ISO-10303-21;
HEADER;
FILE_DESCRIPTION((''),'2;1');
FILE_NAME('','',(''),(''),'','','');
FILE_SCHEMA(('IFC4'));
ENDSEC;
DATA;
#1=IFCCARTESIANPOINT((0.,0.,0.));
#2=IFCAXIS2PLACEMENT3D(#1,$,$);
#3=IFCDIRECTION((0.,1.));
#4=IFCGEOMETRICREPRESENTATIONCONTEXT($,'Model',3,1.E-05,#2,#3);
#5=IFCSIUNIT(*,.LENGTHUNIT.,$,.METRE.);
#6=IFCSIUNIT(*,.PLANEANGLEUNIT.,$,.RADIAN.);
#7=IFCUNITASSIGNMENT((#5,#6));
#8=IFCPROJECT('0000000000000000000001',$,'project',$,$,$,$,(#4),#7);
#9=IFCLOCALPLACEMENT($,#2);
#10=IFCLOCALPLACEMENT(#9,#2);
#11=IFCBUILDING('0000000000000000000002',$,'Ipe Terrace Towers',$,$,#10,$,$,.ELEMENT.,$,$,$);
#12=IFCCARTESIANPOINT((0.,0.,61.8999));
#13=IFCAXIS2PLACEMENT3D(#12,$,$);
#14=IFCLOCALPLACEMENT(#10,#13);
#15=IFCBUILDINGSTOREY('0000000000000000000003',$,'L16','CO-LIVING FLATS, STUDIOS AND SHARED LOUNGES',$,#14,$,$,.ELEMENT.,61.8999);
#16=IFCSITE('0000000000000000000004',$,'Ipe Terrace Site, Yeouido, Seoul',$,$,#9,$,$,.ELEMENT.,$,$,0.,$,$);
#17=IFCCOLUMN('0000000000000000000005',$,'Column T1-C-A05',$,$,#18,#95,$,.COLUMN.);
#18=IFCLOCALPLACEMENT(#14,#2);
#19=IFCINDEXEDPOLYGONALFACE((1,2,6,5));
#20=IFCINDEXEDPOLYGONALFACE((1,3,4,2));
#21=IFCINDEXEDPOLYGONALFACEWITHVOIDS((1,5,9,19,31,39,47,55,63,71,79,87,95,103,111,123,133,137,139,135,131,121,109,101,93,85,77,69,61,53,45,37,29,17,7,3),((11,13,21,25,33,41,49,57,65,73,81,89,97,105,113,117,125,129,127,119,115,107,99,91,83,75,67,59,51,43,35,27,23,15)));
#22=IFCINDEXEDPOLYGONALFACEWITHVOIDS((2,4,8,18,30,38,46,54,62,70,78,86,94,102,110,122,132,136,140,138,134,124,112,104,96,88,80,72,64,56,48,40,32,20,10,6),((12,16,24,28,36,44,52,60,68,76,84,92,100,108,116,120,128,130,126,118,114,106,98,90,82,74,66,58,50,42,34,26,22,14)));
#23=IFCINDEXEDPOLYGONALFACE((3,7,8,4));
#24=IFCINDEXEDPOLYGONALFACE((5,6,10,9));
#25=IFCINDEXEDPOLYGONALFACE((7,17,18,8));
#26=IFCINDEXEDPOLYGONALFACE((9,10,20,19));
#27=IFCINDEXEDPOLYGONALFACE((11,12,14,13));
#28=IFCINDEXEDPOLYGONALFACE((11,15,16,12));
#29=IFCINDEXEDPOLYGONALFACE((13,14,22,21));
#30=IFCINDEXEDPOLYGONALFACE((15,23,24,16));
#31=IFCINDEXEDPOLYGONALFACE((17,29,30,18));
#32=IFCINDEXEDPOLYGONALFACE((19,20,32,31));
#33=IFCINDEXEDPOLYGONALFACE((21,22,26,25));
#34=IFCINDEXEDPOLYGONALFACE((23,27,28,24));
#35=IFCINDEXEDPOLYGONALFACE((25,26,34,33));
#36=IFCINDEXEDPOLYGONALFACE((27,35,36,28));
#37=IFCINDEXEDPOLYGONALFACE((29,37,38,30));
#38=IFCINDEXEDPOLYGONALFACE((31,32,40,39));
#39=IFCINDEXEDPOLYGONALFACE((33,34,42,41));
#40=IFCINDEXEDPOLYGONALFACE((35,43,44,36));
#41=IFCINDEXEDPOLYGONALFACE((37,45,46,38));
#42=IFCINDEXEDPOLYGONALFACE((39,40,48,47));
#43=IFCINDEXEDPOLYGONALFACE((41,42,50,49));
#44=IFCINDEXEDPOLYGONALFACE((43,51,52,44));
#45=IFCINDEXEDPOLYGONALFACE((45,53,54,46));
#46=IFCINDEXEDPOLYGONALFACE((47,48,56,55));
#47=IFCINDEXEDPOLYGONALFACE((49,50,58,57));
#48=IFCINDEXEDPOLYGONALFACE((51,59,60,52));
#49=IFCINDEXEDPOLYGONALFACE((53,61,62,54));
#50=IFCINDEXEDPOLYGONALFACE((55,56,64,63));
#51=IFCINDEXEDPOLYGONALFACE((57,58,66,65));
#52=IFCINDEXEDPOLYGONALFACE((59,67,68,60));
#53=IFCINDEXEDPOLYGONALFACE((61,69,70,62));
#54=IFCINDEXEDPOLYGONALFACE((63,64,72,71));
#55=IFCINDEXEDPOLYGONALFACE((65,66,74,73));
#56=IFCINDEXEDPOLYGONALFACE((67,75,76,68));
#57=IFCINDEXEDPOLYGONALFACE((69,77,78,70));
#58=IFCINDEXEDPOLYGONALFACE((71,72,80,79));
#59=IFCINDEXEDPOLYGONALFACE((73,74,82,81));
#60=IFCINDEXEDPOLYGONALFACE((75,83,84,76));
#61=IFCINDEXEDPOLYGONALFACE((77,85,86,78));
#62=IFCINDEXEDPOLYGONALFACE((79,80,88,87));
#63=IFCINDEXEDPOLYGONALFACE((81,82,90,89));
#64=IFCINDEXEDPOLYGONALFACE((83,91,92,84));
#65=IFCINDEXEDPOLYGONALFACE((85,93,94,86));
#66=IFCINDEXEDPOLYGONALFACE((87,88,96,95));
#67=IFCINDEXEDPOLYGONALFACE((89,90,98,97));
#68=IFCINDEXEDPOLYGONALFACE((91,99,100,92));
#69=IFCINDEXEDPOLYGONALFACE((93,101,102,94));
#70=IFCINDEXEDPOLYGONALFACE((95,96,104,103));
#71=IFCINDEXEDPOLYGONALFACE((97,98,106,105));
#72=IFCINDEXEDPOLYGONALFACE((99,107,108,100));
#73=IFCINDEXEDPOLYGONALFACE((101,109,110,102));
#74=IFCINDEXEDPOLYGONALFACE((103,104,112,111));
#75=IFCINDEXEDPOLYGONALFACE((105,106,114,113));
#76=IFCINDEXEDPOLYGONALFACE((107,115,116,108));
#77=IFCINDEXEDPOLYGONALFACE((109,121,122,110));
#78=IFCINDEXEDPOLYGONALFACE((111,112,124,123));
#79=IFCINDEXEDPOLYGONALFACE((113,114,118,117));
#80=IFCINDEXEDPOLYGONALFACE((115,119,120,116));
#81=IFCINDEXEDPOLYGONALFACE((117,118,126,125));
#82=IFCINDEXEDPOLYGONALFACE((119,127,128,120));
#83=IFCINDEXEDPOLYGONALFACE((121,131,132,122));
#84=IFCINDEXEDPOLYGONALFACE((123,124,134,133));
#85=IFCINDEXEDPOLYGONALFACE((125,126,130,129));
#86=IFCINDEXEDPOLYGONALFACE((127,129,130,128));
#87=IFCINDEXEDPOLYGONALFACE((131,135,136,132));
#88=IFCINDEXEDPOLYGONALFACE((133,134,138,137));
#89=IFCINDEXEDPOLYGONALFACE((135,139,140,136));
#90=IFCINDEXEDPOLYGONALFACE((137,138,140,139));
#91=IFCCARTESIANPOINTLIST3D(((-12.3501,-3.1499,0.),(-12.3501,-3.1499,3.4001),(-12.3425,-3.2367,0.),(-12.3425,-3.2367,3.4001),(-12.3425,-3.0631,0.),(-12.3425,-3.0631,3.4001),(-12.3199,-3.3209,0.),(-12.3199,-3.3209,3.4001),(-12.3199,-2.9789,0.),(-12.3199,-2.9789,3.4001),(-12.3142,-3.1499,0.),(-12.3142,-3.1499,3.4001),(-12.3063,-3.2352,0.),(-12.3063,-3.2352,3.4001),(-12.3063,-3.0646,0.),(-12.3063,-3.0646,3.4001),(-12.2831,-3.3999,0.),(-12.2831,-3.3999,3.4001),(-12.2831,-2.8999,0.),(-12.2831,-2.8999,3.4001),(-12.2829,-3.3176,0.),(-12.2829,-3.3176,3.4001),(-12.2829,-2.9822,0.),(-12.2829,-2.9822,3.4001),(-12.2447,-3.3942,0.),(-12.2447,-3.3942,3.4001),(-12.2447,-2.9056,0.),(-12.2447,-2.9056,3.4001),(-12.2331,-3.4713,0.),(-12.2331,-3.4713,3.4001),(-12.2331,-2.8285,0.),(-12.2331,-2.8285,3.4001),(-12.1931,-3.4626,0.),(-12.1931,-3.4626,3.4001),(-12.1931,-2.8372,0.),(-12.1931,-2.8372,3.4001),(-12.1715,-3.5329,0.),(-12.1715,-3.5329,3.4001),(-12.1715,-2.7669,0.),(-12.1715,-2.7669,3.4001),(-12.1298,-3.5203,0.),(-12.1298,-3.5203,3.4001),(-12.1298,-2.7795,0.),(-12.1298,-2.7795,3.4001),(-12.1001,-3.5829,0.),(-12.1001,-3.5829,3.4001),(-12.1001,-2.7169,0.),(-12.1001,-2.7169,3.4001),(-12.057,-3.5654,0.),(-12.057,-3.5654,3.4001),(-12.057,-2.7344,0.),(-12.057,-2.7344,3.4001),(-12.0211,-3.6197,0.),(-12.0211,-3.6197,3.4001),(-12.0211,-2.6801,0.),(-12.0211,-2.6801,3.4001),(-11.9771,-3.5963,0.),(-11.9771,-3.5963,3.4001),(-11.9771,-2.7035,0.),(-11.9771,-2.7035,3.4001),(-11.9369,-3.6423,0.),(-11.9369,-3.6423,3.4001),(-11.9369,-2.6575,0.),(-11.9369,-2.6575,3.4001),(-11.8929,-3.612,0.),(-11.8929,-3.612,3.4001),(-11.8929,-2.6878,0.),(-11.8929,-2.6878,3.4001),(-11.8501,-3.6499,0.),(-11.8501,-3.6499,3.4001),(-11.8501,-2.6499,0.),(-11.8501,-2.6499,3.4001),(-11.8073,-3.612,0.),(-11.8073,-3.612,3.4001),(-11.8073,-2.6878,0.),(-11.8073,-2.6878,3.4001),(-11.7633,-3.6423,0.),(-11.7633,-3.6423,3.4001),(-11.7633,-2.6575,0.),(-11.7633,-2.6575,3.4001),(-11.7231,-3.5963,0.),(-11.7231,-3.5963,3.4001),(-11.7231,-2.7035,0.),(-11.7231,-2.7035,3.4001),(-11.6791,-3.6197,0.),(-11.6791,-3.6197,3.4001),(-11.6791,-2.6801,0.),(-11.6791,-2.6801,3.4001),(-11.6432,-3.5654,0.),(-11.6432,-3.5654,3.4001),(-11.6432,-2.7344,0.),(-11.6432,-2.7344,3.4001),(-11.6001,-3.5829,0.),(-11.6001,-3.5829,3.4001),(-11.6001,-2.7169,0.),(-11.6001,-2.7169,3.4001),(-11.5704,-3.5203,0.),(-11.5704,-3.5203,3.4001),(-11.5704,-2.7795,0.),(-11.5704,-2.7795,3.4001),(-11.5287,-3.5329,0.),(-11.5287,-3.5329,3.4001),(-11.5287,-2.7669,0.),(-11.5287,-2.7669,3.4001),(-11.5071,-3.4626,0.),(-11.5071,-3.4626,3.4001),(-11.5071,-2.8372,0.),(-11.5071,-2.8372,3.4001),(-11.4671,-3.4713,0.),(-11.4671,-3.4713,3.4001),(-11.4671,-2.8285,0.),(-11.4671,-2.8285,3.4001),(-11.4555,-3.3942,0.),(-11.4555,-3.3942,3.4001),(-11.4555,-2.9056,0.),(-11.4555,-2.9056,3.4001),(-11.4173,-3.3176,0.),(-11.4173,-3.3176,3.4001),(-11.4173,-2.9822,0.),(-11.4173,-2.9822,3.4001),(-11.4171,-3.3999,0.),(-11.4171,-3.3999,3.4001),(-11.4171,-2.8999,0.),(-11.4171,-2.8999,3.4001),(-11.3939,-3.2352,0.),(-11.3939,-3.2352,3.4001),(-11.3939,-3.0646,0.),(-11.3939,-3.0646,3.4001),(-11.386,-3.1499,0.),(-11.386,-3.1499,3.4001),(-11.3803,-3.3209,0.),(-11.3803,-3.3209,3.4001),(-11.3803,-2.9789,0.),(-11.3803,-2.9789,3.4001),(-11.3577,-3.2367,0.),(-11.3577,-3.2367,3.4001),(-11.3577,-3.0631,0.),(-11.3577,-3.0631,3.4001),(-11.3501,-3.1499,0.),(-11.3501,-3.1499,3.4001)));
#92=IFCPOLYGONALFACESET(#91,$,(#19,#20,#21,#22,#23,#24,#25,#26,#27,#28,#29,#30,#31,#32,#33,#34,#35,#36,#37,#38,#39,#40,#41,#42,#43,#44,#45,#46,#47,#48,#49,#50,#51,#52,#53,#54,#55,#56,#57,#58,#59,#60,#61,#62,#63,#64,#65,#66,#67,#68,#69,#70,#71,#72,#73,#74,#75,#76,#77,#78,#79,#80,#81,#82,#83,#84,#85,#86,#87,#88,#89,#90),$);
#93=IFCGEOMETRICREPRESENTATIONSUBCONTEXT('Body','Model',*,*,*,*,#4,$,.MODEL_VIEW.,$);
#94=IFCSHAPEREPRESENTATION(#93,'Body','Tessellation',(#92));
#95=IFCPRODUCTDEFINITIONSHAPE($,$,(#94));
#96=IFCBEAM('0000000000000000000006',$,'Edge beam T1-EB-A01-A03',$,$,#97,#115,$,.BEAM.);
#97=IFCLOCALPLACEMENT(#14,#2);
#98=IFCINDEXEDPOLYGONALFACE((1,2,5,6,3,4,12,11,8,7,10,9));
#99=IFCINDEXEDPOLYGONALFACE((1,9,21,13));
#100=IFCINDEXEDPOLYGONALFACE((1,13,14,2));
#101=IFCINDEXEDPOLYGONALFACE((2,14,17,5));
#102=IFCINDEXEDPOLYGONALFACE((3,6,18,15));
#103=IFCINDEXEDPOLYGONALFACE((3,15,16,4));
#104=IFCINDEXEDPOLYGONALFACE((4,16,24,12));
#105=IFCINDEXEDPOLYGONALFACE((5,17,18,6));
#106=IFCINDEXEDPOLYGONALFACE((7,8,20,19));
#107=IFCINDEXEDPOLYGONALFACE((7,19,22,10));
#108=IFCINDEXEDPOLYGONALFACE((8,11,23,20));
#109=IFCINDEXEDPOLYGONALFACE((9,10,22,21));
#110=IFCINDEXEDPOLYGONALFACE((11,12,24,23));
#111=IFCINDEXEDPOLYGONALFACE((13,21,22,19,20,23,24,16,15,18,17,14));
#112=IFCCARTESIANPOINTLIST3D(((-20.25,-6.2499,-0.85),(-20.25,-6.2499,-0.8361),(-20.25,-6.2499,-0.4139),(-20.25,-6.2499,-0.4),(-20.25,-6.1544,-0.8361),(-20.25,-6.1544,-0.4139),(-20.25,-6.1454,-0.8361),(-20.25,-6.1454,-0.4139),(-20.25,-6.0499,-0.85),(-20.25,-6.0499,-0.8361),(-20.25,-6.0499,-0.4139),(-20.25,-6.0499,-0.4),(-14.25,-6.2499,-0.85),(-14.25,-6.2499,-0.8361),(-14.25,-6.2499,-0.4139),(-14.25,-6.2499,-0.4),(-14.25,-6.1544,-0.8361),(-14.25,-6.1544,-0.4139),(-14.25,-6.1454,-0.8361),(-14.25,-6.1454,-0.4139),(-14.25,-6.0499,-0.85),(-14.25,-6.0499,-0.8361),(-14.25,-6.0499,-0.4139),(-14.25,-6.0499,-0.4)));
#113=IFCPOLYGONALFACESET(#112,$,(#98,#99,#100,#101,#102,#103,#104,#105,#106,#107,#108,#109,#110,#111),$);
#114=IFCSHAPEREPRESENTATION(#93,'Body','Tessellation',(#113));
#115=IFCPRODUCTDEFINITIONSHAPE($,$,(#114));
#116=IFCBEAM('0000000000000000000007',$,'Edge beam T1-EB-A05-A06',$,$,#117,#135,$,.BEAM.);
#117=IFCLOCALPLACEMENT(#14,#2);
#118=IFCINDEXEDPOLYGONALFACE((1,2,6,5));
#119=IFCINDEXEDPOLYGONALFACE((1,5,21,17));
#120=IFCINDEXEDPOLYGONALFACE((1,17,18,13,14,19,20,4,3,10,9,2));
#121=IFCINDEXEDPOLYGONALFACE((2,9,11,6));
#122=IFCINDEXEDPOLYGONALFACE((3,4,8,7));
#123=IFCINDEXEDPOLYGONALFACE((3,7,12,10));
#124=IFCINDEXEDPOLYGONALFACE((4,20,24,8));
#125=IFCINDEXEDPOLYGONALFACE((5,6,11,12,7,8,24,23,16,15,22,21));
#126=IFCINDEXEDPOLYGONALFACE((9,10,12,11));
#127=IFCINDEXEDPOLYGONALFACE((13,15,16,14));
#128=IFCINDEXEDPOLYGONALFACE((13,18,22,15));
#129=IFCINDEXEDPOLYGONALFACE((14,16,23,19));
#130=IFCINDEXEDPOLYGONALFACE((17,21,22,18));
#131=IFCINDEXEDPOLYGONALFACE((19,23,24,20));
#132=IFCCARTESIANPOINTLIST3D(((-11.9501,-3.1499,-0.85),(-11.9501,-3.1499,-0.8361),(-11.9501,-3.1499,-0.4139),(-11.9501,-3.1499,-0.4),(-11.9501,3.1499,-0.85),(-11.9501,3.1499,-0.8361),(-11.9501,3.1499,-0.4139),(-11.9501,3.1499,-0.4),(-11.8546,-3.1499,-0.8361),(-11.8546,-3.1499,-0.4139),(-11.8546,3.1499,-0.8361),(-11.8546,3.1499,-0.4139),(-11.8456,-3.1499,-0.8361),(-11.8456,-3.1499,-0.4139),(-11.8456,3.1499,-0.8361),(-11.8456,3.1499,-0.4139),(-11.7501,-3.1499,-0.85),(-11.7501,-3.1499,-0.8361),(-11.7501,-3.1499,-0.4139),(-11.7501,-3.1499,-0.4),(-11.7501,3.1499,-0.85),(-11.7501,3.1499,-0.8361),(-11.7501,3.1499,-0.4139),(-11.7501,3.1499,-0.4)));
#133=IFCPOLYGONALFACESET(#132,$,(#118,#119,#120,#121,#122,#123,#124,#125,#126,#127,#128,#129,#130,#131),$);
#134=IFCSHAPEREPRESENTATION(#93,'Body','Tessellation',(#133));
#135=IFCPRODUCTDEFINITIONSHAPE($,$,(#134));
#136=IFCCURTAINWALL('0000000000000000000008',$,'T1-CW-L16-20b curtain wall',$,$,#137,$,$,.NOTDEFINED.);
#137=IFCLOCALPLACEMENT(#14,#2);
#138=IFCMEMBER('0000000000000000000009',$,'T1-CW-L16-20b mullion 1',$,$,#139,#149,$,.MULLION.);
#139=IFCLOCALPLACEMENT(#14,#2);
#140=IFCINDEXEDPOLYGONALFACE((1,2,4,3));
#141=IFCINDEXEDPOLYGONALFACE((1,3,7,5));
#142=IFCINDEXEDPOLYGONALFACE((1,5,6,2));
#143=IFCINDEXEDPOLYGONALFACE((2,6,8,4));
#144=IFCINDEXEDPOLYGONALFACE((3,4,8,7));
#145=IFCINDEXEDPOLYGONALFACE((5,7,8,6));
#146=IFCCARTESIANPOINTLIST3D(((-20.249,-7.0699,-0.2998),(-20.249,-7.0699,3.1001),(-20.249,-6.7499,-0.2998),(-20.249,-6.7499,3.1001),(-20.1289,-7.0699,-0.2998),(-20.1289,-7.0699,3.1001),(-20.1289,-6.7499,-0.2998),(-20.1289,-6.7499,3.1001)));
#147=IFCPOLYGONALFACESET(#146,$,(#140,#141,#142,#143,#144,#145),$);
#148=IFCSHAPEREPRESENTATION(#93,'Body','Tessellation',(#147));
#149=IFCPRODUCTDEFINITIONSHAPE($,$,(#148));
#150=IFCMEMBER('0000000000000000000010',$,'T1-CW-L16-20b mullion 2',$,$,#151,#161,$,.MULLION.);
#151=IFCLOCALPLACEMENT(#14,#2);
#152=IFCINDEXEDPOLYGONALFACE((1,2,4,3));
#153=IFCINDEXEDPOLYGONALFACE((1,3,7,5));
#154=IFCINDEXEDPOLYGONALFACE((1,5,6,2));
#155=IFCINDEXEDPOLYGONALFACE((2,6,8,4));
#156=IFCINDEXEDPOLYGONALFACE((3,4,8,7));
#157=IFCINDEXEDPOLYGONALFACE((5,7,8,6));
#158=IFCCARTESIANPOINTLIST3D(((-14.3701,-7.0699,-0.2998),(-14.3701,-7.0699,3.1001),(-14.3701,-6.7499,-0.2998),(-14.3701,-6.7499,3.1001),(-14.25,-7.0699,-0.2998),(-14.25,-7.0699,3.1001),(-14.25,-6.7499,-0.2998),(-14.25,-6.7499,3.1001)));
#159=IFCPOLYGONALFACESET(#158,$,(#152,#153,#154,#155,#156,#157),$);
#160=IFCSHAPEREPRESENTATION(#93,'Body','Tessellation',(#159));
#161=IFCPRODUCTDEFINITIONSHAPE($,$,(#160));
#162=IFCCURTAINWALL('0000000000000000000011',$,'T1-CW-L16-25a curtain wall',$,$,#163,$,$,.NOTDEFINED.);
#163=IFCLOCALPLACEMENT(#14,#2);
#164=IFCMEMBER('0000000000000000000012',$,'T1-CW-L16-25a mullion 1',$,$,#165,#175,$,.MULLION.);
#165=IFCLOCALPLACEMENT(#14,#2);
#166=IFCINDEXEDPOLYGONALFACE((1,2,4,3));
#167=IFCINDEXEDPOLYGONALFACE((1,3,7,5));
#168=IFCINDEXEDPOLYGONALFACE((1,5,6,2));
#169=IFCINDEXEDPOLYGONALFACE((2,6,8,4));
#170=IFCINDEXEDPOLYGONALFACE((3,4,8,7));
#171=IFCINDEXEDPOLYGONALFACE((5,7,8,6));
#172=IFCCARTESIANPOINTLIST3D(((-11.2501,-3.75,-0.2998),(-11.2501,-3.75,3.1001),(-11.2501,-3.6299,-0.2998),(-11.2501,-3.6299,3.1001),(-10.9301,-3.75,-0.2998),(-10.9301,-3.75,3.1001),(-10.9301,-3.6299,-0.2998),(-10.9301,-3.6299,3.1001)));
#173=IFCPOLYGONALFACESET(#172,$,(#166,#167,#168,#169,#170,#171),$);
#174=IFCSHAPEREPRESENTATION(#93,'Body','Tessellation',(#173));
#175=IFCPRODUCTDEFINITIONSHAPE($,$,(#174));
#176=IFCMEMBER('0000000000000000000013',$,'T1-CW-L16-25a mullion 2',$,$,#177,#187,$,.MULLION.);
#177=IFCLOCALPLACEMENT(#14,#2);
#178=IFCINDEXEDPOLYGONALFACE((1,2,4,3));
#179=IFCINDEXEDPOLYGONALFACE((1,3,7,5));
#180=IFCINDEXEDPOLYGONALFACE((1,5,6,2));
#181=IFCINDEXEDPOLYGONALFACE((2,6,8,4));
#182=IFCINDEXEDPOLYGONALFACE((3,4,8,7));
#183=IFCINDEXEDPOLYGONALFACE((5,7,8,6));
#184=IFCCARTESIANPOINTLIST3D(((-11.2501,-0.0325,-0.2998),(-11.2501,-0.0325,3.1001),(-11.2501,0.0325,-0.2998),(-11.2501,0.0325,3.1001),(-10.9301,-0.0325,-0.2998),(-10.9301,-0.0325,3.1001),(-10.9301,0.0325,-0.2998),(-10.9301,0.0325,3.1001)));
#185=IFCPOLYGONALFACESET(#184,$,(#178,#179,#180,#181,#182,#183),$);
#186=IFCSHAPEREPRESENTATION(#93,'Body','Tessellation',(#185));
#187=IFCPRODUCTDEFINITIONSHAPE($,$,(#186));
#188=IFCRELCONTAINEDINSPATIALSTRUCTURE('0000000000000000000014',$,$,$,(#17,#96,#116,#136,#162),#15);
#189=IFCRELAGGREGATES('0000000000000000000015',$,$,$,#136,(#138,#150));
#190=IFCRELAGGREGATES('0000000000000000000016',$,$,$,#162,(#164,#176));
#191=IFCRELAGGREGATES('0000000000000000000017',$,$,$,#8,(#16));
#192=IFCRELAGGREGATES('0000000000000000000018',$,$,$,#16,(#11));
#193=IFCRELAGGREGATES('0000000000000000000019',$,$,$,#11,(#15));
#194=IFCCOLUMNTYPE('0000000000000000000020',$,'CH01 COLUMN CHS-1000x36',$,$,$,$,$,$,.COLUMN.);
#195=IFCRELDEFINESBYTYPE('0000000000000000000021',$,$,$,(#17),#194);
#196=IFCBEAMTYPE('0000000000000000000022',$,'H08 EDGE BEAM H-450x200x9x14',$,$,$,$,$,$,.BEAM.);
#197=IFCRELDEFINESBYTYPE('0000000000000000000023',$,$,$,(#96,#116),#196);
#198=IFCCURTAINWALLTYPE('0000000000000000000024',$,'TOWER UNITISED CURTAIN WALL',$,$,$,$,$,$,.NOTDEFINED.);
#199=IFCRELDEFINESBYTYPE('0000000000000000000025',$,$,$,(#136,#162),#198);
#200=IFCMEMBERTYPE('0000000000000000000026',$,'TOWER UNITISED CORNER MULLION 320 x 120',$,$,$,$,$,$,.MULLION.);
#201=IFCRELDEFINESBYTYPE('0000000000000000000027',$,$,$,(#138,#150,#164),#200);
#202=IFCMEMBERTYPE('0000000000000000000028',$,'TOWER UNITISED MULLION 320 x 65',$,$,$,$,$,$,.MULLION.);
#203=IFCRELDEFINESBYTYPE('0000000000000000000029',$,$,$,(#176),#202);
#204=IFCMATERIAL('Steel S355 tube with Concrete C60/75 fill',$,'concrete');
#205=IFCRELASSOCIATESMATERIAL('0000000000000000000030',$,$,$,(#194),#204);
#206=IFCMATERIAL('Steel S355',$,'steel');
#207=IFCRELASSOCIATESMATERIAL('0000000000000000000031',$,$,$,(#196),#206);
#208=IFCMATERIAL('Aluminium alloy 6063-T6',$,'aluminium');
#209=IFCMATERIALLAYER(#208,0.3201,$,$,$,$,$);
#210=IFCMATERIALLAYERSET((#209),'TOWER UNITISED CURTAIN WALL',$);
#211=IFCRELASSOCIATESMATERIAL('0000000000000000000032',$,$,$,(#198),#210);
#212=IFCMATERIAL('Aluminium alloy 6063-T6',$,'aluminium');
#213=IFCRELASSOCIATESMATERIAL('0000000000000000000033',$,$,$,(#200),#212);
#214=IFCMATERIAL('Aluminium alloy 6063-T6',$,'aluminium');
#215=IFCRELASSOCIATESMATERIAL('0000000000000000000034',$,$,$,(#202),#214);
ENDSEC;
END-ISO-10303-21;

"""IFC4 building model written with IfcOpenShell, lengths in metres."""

from ifc_helpers import new_model, si_unit, direction, frame, origin, origin_2d, place, context, subcontext, project, spatial, rectangle, hollow_circle, i_section, extrude, material, layer, layer_set, material_profile, profile_set, type_object, element, aggregate, save


model = new_model("IFC4")

# Units and contexts
model_context = context("Model", 3, precision=1e-05, world=origin(), true_north=direction((0.0, 1.0)))
body_context = subcontext(model_context, "Body", "Model", "MODEL_VIEW")
ifc_project = project(units=[si_unit("LENGTHUNIT", "METRE"), si_unit("PLANEANGLEUNIT", "RADIAN")], contexts=[model_context])

# Site, building, storey
site_placement = place(None, origin())
site = spatial("IfcSite", under=ifc_project, at=site_placement, Name="Ipe Terrace Site, Yeouido, Seoul", CompositionType="ELEMENT", RefElevation=0.0)
building_placement = place(site_placement, origin())
building = spatial("IfcBuilding", under=site, at=building_placement, Name="Ipe Terrace Towers", CompositionType="ELEMENT")
storey_placement = place(building_placement, frame((0.0, 0.0, 61.8999)))
storey = spatial("IfcBuildingStorey", under=building, at=storey_placement, Name="L16", Description="CO-LIVING FLATS, STUDIOS AND SHARED LOUNGES", CompositionType="ELEMENT", Elevation=61.8999)

# Column
ifc_material_1 = material(Name="Steel S355 tube with Concrete C60/75 fill", Category="concrete")
ifc_material_profile_1 = material_profile(ifc_material_1, hollow_circle(Radius=0.5, WallThickness=0.0359, at=origin_2d()), Name="CHS-1000x36")
ifc_profile_set_1 = profile_set([ifc_material_profile_1], Name="Steel S355 tube with Concrete C60/75 fill")
column_type = type_object("IfcColumnType", Name="CH01 COLUMN CHS-1000x36", PredefinedType="COLUMN", material=ifc_profile_set_1)
for number, where, z_axis, x_axis, name in (
    (1, (-11.8501, -3.1499, 0.0), (0.0, 0.0, 1.0), (1.0, 0.0, 0.0), "Column T1-C-A05"),
):
    element("IfcColumn", number, at=place(storey_placement, frame(where, z_axis=z_axis, x_axis=x_axis)), inside=storey, type_object=column_type, Name=name, PredefinedType="COLUMN", context=body_context, shape_type="SweptSolid", body=[
        extrude(hollow_circle(Radius=0.5, WallThickness=0.0359, at=origin_2d()), origin(), (0.0, 0.0, 1.0), 3.4001),
    ])

# Beams
ifc_material_2 = material(Name="Steel S355", Category="steel")
ifc_material_profile_2 = material_profile(ifc_material_2, i_section(OverallWidth=0.2, OverallDepth=0.45, WebThickness=0.009, FlangeThickness=0.0139, at=origin_2d()), Name="H-450x200x9x14")
ifc_profile_set_2 = profile_set([ifc_material_profile_2], Name="Steel S355")
beam_type = type_object("IfcBeamType", Name="H08 EDGE BEAM H-450x200x9x14", PredefinedType="BEAM", material=ifc_profile_set_2)
beam_1_placement = place(storey_placement, frame((-20.25, -6.1499, -0.625), z_axis=(1.0, 0.0, 0.0), x_axis=(0.0, 1.0, 0.0)))
element("IfcBeam", 2, at=beam_1_placement, inside=storey, type_object=beam_type, Name="Edge beam T1-EB-A01-A03", PredefinedType="BEAM", context=body_context, shape_type="SweptSolid", body=[
    extrude(i_section(OverallWidth=0.2, OverallDepth=0.45, WebThickness=0.009, FlangeThickness=0.0139, at=origin_2d()), origin(), (0.0, 0.0, 1.0), 6.0),
])
beam_2_placement = place(storey_placement, frame((-11.8501, -3.1499, -0.625), z_axis=(0.0, 1.0, 0.0), x_axis=(-1.0, 0.0, 0.0)))
element("IfcBeam", 3, at=beam_2_placement, inside=storey, type_object=beam_type, Name="Edge beam T1-EB-A05-A06", PredefinedType="BEAM", context=body_context, shape_type="SweptSolid", body=[
    extrude(i_section(OverallWidth=0.2, OverallDepth=0.45, WebThickness=0.009, FlangeThickness=0.0139, at=origin_2d()), origin(), (0.0, 0.0, 1.0), 6.2998),
])

# Curtain walls, members
ifc_material_3 = material(Name="Aluminium alloy 6063-T6", Category="aluminium")
ifc_layer_1 = layer(ifc_material_3, 0.3201)
ifc_layer_set_1 = layer_set([ifc_layer_1], Name="TOWER UNITISED CURTAIN WALL")
curtain_wall_type = type_object("IfcCurtainWallType", Name="TOWER UNITISED CURTAIN WALL", PredefinedType="NOTDEFINED", material=ifc_layer_set_1)
curtain_wall_1_placement = place(storey_placement, origin())
curtain_wall_1 = element("IfcCurtainWall", 4, at=curtain_wall_1_placement, inside=storey, type_object=curtain_wall_type, Name="T1-CW-L16-20b curtain wall", PredefinedType="NOTDEFINED")
ifc_material_4 = material(Name="Aluminium alloy 6063-T6", Category="aluminium")
ifc_material_profile_3 = material_profile(ifc_material_4, rectangle(XDim=0.3201, YDim=0.1201, at=origin_2d()), Name="TOWER UNITISED CORNER MULLION 320 x 120")
ifc_profile_set_3 = profile_set([ifc_material_profile_3], Name="Aluminium alloy 6063-T6")
member_type_1 = type_object("IfcMemberType", Name="TOWER UNITISED CORNER MULLION 320 x 120", PredefinedType="MULLION", material=ifc_profile_set_3)
member_1_placement = place(storey_placement, frame((-20.189, -6.9099, -0.2998), z_axis=(0.0, 0.0, 1.0), x_axis=(0.0, -1.0, 0.0)))
member_1 = element("IfcMember", 5, at=member_1_placement, type_object=member_type_1, Name="T1-CW-L16-20b mullion 1", PredefinedType="MULLION", context=body_context, shape_type="SweptSolid", body=[
    extrude(rectangle(XDim=0.3201, YDim=0.1201, at=origin_2d()), origin(), (0.0, 0.0, 1.0), 3.3999),
])
member_2_placement = place(storey_placement, frame((-14.3101, -6.9099, -0.2998), z_axis=(0.0, 0.0, 1.0), x_axis=(0.0, -1.0, 0.0)))
member_2 = element("IfcMember", 6, at=member_2_placement, type_object=member_type_1, Name="T1-CW-L16-20b mullion 2", PredefinedType="MULLION", context=body_context, shape_type="SweptSolid", body=[
    extrude(rectangle(XDim=0.3201, YDim=0.1201, at=origin_2d()), origin(), (0.0, 0.0, 1.0), 3.3999),
])
curtain_wall_2_placement = place(storey_placement, origin())
curtain_wall_2 = element("IfcCurtainWall", 7, at=curtain_wall_2_placement, inside=storey, type_object=curtain_wall_type, Name="T1-CW-L16-25a curtain wall", PredefinedType="NOTDEFINED")
member_3_placement = place(storey_placement, frame((-11.0901, -3.6899, -0.2998), z_axis=(0.0, 0.0, 1.0), x_axis=(1.0, 0.0, 0.0)))
member_3 = element("IfcMember", 8, at=member_3_placement, type_object=member_type_1, Name="T1-CW-L16-25a mullion 1", PredefinedType="MULLION", context=body_context, shape_type="SweptSolid", body=[
    extrude(rectangle(XDim=0.3201, YDim=0.1201, at=origin_2d()), origin(), (0.0, 0.0, 1.0), 3.3999),
])
ifc_material_5 = material(Name="Aluminium alloy 6063-T6", Category="aluminium")
ifc_material_profile_4 = material_profile(ifc_material_5, rectangle(XDim=0.3201, YDim=0.0649, at=origin_2d()), Name="TOWER UNITISED MULLION 320 x 65")
ifc_profile_set_4 = profile_set([ifc_material_profile_4], Name="Aluminium alloy 6063-T6")
member_type_2 = type_object("IfcMemberType", Name="TOWER UNITISED MULLION 320 x 65", PredefinedType="MULLION", material=ifc_profile_set_4)
member_4_placement = place(storey_placement, frame((-11.0901, 0.0, -0.2998), z_axis=(0.0, 0.0, 1.0), x_axis=(1.0, 0.0, 0.0)))
member_4 = element("IfcMember", 9, at=member_4_placement, type_object=member_type_2, Name="T1-CW-L16-25a mullion 2", PredefinedType="MULLION", context=body_context, shape_type="SweptSolid", body=[
    extrude(rectangle(XDim=0.3201, YDim=0.0649, at=origin_2d()), origin(), (0.0, 0.0, 1.0), 3.3999),
])

aggregate(curtain_wall_1, [member_1, member_2])
aggregate(curtain_wall_2, [member_3, member_4])

save(model, "model.ifc")
